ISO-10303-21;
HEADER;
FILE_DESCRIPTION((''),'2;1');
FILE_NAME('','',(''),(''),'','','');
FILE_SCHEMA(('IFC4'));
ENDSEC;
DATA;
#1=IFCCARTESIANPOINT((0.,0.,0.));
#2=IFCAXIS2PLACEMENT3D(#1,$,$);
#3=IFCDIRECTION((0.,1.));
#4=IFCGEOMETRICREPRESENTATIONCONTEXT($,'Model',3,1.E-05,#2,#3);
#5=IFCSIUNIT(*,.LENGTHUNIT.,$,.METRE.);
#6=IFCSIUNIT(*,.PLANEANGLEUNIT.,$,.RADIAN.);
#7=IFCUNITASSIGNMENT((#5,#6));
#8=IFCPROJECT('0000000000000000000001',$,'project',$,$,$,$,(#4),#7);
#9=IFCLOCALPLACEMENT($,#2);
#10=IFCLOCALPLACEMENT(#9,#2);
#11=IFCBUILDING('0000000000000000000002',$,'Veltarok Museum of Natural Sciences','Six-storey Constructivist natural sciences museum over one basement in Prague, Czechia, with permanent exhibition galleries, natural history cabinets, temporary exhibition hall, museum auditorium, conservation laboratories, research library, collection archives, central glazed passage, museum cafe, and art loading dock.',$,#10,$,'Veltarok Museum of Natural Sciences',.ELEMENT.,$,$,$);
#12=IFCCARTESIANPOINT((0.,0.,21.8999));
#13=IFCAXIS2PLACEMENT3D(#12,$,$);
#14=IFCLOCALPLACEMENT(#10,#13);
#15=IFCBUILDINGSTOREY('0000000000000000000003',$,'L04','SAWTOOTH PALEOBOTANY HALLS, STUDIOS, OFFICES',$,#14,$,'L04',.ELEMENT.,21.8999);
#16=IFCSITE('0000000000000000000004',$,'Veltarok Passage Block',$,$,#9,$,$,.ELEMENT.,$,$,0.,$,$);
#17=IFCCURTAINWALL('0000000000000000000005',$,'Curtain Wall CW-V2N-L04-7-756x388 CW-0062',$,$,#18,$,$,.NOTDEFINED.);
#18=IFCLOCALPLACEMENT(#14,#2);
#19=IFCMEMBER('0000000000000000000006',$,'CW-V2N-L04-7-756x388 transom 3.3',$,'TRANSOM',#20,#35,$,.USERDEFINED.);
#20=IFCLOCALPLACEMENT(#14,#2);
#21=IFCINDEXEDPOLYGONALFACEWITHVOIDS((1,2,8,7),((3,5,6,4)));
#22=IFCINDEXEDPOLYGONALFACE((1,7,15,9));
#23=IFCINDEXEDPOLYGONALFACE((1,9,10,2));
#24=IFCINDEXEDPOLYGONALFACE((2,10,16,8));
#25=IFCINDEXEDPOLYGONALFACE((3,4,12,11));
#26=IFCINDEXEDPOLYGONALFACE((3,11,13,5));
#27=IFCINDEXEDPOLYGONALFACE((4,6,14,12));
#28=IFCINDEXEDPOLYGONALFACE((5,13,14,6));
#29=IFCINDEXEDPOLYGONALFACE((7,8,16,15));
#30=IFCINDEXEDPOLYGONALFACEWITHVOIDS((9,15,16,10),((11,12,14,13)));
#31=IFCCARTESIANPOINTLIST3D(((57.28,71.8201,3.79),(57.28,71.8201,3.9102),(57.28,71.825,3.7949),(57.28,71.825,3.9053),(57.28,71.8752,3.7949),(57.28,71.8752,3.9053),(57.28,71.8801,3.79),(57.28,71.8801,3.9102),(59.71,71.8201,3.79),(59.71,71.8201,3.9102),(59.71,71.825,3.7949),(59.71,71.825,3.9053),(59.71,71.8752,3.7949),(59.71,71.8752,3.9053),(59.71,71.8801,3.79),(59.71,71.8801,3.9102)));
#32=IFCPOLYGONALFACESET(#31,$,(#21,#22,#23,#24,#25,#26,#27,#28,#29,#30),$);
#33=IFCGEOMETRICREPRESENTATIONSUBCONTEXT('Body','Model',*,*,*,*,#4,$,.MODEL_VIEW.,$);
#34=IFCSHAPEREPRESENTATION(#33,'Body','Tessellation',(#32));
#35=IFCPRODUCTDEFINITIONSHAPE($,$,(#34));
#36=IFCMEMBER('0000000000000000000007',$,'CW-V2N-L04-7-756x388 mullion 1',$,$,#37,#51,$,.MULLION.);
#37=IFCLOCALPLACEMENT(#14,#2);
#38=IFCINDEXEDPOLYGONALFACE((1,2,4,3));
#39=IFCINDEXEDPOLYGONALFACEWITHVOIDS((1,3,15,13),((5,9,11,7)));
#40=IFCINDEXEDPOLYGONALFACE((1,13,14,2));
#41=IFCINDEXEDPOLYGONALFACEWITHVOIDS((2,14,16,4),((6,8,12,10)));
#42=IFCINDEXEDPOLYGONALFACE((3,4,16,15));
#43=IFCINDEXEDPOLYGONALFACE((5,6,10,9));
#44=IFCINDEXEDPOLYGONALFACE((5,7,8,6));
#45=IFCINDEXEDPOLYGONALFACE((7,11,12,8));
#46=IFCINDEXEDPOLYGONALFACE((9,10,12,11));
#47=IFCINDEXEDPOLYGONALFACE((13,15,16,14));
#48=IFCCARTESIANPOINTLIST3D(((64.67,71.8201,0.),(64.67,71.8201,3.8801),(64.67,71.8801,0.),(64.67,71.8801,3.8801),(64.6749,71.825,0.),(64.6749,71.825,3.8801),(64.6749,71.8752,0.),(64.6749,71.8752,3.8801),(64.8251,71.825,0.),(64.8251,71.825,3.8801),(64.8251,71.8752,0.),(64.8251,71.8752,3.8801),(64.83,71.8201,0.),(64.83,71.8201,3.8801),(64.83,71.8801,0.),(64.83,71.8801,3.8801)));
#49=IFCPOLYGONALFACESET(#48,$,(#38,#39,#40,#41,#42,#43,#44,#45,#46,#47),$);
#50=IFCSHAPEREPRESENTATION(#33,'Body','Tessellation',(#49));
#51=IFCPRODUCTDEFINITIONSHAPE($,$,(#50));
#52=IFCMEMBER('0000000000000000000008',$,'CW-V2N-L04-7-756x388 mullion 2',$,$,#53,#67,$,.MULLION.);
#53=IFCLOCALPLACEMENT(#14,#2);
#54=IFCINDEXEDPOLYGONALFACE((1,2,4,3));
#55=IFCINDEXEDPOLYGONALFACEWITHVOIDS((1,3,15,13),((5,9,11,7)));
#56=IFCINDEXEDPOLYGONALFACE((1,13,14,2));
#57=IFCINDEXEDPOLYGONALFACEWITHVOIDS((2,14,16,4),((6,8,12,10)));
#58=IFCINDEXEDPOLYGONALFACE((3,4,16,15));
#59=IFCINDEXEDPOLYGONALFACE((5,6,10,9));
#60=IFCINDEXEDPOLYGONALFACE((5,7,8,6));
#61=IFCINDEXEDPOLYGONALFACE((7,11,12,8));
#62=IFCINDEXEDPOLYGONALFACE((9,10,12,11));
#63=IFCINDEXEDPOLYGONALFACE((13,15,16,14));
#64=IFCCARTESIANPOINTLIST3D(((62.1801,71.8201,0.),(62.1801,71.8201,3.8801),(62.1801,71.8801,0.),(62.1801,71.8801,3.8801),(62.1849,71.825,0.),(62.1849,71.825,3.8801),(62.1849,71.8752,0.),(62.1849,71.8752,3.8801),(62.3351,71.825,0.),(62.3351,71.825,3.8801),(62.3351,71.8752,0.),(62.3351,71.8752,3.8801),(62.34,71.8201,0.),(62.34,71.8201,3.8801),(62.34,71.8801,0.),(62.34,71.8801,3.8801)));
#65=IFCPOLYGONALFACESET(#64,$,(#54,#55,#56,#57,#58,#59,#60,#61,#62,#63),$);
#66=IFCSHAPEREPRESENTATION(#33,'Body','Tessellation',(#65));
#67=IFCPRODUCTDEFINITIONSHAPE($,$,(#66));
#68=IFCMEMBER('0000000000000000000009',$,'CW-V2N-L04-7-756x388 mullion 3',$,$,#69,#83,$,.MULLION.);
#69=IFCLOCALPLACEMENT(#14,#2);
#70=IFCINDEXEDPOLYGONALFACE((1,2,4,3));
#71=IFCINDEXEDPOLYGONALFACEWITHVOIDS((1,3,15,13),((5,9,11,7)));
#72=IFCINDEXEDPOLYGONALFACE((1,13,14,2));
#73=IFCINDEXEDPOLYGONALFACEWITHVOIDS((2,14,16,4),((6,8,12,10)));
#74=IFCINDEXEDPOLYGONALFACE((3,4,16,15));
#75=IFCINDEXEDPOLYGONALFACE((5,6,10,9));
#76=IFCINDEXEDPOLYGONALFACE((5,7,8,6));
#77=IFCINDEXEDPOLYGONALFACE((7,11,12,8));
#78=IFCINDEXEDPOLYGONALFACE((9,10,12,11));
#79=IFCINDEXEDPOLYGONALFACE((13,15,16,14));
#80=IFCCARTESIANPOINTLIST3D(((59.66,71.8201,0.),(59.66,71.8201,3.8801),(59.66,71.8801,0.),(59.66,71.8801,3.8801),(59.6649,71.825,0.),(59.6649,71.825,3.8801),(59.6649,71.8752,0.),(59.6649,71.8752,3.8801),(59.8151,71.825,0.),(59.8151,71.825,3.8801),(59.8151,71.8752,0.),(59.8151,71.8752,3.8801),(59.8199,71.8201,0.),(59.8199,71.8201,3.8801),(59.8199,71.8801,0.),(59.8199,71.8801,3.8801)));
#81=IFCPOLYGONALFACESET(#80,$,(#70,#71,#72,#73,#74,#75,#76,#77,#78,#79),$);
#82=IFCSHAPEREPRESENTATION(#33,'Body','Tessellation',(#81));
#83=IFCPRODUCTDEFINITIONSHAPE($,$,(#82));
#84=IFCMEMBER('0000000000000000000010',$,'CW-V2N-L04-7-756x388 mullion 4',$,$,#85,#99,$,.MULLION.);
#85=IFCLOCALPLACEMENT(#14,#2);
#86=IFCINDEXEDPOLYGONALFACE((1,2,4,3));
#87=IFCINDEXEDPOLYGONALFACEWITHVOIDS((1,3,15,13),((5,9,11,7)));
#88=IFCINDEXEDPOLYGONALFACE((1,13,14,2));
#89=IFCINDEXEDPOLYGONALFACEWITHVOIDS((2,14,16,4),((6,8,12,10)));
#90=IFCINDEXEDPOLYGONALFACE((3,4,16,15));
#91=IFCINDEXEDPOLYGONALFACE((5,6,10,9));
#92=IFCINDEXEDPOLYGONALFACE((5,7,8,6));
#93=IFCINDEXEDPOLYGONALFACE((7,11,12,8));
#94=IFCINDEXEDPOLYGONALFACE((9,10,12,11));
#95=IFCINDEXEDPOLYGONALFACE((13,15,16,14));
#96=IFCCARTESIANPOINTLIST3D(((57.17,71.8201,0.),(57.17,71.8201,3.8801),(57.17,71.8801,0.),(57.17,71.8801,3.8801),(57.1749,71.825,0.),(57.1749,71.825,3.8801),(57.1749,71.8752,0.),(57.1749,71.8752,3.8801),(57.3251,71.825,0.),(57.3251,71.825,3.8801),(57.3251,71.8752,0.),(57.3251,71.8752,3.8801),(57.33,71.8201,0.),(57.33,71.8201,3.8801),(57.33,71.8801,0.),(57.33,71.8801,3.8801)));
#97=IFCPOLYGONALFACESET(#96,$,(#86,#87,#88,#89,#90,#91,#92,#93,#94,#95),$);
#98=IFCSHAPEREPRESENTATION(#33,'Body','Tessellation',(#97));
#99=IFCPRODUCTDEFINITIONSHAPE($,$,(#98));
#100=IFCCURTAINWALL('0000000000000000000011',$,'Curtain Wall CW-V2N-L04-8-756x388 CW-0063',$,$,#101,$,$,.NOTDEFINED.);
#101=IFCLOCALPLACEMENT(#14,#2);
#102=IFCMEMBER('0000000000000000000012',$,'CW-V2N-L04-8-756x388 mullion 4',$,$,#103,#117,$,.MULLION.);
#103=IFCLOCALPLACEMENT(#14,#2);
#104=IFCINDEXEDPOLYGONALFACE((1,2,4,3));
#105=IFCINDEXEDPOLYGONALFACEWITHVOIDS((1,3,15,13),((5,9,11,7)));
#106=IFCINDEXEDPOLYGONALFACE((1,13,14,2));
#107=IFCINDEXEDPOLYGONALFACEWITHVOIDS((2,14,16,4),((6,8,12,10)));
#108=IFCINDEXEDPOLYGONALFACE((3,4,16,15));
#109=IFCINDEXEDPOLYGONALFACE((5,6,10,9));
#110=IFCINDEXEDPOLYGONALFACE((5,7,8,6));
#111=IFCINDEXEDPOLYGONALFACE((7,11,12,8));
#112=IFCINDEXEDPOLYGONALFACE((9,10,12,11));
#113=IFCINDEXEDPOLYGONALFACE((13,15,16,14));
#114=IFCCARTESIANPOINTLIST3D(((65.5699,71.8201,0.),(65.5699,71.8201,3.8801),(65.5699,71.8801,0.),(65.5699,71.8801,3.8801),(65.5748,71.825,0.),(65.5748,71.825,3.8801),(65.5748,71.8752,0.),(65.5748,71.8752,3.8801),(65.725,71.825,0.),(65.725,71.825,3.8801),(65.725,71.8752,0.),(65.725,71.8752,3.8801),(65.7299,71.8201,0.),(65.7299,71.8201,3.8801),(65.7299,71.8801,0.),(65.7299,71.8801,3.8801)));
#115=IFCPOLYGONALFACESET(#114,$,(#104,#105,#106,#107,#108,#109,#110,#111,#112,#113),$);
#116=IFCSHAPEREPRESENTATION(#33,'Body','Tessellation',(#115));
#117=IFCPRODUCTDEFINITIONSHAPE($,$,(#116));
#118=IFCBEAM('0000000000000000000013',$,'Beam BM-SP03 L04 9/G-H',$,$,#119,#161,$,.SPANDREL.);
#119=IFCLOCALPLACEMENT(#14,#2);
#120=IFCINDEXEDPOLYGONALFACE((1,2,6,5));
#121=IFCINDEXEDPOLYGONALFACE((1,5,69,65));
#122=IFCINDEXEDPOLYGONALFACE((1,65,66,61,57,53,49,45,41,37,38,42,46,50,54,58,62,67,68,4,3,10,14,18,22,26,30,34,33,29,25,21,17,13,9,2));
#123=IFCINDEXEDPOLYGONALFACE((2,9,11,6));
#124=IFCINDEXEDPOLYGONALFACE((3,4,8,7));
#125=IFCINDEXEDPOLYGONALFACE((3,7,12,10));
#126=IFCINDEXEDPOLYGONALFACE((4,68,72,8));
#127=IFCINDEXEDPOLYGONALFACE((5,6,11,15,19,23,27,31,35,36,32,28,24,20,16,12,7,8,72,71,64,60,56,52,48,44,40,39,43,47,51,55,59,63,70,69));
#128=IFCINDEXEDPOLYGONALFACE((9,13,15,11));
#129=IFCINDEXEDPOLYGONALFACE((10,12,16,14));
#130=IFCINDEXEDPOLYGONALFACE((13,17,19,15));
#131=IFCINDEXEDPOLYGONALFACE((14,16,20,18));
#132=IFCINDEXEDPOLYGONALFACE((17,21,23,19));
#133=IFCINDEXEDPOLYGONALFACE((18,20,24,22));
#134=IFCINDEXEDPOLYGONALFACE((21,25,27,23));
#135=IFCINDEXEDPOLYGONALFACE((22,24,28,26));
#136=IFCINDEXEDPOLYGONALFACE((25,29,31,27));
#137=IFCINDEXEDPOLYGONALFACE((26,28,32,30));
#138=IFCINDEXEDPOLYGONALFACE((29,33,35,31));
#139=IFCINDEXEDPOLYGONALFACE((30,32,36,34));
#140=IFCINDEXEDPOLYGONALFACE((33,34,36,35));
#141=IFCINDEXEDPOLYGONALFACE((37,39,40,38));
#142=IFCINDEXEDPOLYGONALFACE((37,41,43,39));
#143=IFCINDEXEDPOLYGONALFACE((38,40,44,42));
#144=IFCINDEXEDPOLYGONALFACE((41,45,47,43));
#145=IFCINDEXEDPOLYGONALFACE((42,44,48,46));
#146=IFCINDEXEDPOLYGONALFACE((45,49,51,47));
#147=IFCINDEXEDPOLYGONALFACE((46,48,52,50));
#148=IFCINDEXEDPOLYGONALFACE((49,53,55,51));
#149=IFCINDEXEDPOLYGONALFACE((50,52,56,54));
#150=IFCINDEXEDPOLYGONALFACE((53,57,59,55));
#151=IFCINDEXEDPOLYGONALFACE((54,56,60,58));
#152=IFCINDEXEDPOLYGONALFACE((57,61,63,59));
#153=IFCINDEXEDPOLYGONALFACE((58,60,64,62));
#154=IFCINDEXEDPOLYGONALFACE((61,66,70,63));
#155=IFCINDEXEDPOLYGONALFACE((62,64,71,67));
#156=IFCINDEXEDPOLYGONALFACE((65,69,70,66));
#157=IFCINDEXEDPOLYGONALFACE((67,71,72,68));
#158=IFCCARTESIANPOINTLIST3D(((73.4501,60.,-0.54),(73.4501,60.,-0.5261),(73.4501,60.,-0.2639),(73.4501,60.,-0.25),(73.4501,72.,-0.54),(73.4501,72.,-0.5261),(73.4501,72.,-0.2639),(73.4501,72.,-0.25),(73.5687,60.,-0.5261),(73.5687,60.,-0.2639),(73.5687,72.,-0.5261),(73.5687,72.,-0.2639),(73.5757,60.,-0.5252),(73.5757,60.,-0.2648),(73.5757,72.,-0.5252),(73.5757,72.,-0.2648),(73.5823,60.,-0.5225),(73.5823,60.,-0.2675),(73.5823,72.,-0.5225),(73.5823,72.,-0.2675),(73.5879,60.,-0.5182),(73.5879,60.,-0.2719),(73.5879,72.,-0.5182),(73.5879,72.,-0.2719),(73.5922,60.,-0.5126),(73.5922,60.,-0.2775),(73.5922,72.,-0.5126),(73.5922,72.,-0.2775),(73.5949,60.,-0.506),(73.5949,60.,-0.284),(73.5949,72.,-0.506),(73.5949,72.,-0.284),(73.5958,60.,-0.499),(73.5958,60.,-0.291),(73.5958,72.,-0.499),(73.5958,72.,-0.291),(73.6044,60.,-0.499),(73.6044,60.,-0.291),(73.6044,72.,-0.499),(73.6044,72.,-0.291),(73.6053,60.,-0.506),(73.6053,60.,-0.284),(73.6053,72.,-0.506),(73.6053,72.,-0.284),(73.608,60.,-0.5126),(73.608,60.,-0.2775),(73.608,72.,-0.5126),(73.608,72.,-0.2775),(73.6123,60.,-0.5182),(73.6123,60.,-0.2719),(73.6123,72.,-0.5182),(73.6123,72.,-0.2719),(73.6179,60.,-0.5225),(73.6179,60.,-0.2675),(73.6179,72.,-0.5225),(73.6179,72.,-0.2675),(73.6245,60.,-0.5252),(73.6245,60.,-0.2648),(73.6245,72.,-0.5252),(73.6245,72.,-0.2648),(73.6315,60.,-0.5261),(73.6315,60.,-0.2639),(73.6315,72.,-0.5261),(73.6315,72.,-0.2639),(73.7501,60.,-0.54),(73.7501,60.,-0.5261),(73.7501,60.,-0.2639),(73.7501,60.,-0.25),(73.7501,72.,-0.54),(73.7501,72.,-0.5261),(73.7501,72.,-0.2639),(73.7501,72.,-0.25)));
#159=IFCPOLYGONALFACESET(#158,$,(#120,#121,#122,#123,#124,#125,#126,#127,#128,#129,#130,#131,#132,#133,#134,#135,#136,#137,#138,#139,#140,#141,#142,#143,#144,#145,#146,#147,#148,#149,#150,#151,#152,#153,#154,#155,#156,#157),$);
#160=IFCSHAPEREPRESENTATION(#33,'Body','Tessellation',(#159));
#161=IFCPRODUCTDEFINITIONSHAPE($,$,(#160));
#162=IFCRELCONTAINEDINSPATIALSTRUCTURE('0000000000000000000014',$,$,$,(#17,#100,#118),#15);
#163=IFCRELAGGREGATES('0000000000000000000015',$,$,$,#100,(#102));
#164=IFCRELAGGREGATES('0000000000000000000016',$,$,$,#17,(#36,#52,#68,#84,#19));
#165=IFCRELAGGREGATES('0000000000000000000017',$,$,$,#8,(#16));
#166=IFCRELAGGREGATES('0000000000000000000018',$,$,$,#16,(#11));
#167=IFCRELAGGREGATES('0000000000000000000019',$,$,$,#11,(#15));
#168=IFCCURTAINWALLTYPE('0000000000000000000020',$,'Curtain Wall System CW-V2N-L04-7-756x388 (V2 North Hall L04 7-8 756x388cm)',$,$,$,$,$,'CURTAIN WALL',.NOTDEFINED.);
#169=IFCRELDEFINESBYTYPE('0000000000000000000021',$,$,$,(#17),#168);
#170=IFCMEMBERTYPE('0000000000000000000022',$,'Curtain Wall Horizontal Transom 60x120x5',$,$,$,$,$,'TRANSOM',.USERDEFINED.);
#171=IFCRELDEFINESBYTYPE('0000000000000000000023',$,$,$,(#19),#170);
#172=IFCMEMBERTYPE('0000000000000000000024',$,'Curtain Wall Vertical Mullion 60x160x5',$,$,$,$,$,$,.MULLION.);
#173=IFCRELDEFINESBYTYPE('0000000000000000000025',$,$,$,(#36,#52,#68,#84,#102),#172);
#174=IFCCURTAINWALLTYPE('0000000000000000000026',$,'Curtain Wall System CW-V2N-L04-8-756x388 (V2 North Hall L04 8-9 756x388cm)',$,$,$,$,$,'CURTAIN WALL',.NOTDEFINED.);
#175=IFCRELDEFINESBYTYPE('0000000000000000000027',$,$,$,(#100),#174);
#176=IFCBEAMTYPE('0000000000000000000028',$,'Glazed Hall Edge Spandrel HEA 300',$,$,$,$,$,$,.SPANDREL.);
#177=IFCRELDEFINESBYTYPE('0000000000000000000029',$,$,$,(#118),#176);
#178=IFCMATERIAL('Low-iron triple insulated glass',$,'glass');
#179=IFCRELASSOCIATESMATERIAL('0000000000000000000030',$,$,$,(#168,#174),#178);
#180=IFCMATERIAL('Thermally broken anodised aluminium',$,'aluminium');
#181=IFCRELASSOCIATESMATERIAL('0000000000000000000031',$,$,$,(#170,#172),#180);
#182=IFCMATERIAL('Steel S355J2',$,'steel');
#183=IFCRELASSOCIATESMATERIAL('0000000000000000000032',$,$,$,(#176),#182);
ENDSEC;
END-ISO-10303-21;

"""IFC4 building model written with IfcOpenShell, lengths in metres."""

from ifc_helpers import new_model, si_unit, direction, frame, origin, origin_2d, place, context, subcontext, project, spatial, hollow_rectangle, i_section, extrude, material, material_profile, profile_set, type_object, element, aggregate, save


model = new_model("IFC4")

# Units and contexts
model_context = context("Model", 3, precision=1e-05, world=origin(), true_north=direction((0.0, 1.0)))
body_context = subcontext(model_context, "Body", "Model", "MODEL_VIEW")
ifc_project = project(units=[si_unit("LENGTHUNIT", "METRE"), si_unit("PLANEANGLEUNIT", "RADIAN")], contexts=[model_context])

# Site, building, storey
site_placement = place(None, origin())
site = spatial("IfcSite", under=ifc_project, at=site_placement, Name="Veltarok Passage Block", CompositionType="ELEMENT", RefElevation=0.0)
building_placement = place(site_placement, origin())
building = spatial("IfcBuilding", under=site, at=building_placement, Name="Veltarok Museum of Natural Sciences", Description="Six-storey Constructivist natural sciences museum over one basement in Prague, Czechia, with permanent exhibition galleries, natural history cabinets, temporary exhibition hall, museum auditorium, conservation laboratories, research library, collection archives, central glazed passage, museum cafe, and art loading dock.", LongName="Veltarok Museum of Natural Sciences", CompositionType="ELEMENT")
storey_placement = place(building_placement, frame((0.0, 0.0, 21.8999)))
storey = spatial("IfcBuildingStorey", under=building, at=storey_placement, Name="L04", Description="SAWTOOTH PALEOBOTANY HALLS, STUDIOS, OFFICES", LongName="L04", CompositionType="ELEMENT", Elevation=21.8999)

# Shared definitions
ifc_material_1 = material(Name="Steel S355J2", Category="steel")

# Curtain wall, members
ifc_material_2 = material(Name="Low-iron triple insulated glass", Category="glass")
curtain_wall_type_1 = type_object("IfcCurtainWallType", Name="Curtain Wall System CW-V2N-L04-7-756x388 (V2 North Hall L04 7-8 756x388cm)", ElementType="CURTAIN WALL", PredefinedType="NOTDEFINED", material=ifc_material_2)
curtain_wall_1_placement = place(storey_placement, origin())
curtain_wall_1 = element("IfcCurtainWall", 1, at=curtain_wall_1_placement, inside=storey, type_object=curtain_wall_type_1, Name="Curtain Wall CW-V2N-L04-7-756x388 CW-0062", PredefinedType="NOTDEFINED")
ifc_material_3 = material(Name="Thermally broken anodised aluminium", Category="aluminium")
ifc_material_profile_1 = material_profile(ifc_material_3, hollow_rectangle(XDim=0.0601, YDim=0.1201, WallThickness=0.0049, at=origin_2d()), Name="CW TRANSOM 60x120x5")
ifc_profile_set_1 = profile_set([ifc_material_profile_1], Name="Thermally broken anodised aluminium")
member_type_1 = type_object("IfcMemberType", Name="Curtain Wall Horizontal Transom 60x120x5", ElementType="TRANSOM", PredefinedType="USERDEFINED", material=ifc_profile_set_1)
member_1_placement = place(storey_placement, frame((59.71, 71.8501, 3.8501), z_axis=(-1.0, 0.0, 0.0), x_axis=(0.0, -1.0, 0.0)))
member_1 = element("IfcMember", 2, at=member_1_placement, type_object=member_type_1, Name="CW-V2N-L04-7-756x388 transom 3.3", ObjectType="TRANSOM", PredefinedType="USERDEFINED", context=body_context, shape_type="SweptSolid", body=[
    extrude(hollow_rectangle(XDim=0.0601, YDim=0.1201, WallThickness=0.0049, at=origin_2d()), origin(), (0.0, 0.0, 1.0), 2.4299),
])
ifc_material_profile_2 = material_profile(ifc_material_3, hollow_rectangle(XDim=0.0601, YDim=0.1599, WallThickness=0.0049, at=origin_2d()), Name="CW MULLION 60x160x5")
ifc_profile_set_2 = profile_set([ifc_material_profile_2], Name="Thermally broken anodised aluminium")
member_type_2 = type_object("IfcMemberType", Name="Curtain Wall Vertical Mullion 60x160x5", PredefinedType="MULLION", material=ifc_profile_set_2)
member_2_placement = place(storey_placement, frame((64.75, 71.8501, 0.0), z_axis=(0.0, 0.0, 1.0), x_axis=(0.0, -1.0, 0.0)))
member_2 = element("IfcMember", 3, at=member_2_placement, type_object=member_type_2, Name="CW-V2N-L04-7-756x388 mullion 1", PredefinedType="MULLION", context=body_context, shape_type="SweptSolid", body=[
    extrude(hollow_rectangle(XDim=0.0601, YDim=0.1599, WallThickness=0.0049, at=origin_2d()), origin(), (0.0, 0.0, 1.0), 3.8801),
])
member_3_placement = place(storey_placement, frame((62.26, 71.8501, 0.0), z_axis=(0.0, 0.0, 1.0), x_axis=(0.0, -1.0, 0.0)))
member_3 = element("IfcMember", 4, at=member_3_placement, type_object=member_type_2, Name="CW-V2N-L04-7-756x388 mullion 2", PredefinedType="MULLION", context=body_context, shape_type="SweptSolid", body=[
    extrude(hollow_rectangle(XDim=0.0601, YDim=0.1599, WallThickness=0.0049, at=origin_2d()), origin(), (0.0, 0.0, 1.0), 3.8801),
])
member_4_placement = place(storey_placement, frame((59.74, 71.8501, 0.0), z_axis=(0.0, 0.0, 1.0), x_axis=(0.0, -1.0, 0.0)))
member_4 = element("IfcMember", 5, at=member_4_placement, type_object=member_type_2, Name="CW-V2N-L04-7-756x388 mullion 3", PredefinedType="MULLION", context=body_context, shape_type="SweptSolid", body=[
    extrude(hollow_rectangle(XDim=0.0601, YDim=0.1599, WallThickness=0.0049, at=origin_2d()), origin(), (0.0, 0.0, 1.0), 3.8801),
])
member_5_placement = place(storey_placement, frame((57.25, 71.8501, 0.0), z_axis=(0.0, 0.0, 1.0), x_axis=(0.0, -1.0, 0.0)))
member_5 = element("IfcMember", 6, at=member_5_placement, type_object=member_type_2, Name="CW-V2N-L04-7-756x388 mullion 4", PredefinedType="MULLION", context=body_context, shape_type="SweptSolid", body=[
    extrude(hollow_rectangle(XDim=0.0601, YDim=0.1599, WallThickness=0.0049, at=origin_2d()), origin(), (0.0, 0.0, 1.0), 3.8801),
])

# Curtain wall, member
curtain_wall_type_2 = type_object("IfcCurtainWallType", Name="Curtain Wall System CW-V2N-L04-8-756x388 (V2 North Hall L04 8-9 756x388cm)", ElementType="CURTAIN WALL", PredefinedType="NOTDEFINED", material=ifc_material_2)
curtain_wall_2_placement = place(storey_placement, origin())
curtain_wall_2 = element("IfcCurtainWall", 7, at=curtain_wall_2_placement, inside=storey, type_object=curtain_wall_type_2, Name="Curtain Wall CW-V2N-L04-8-756x388 CW-0063", PredefinedType="NOTDEFINED")
member_6_placement = place(storey_placement, frame((65.6499, 71.8501, 0.0), z_axis=(0.0, 0.0, 1.0), x_axis=(0.0, -1.0, 0.0)))
member_6 = element("IfcMember", 8, at=member_6_placement, type_object=member_type_2, Name="CW-V2N-L04-8-756x388 mullion 4", PredefinedType="MULLION", context=body_context, shape_type="SweptSolid", body=[
    extrude(hollow_rectangle(XDim=0.0601, YDim=0.1599, WallThickness=0.0049, at=origin_2d()), origin(), (0.0, 0.0, 1.0), 3.8801),
])
aggregate(curtain_wall_2, [member_6])

# Beam
ifc_material_profile_3 = material_profile(ifc_material_1, i_section(OverallWidth=0.3, OverallDepth=0.29, WebThickness=0.0085, FlangeThickness=0.0139, FilletRadius=0.0271, at=origin_2d()), Name="HEA 300")
ifc_profile_set_3 = profile_set([ifc_material_profile_3], Name="Steel S355J2")
beam_type_1 = type_object("IfcBeamType", Name="Glazed Hall Edge Spandrel HEA 300", PredefinedType="SPANDREL", material=ifc_profile_set_3)
for number, where, z_axis, x_axis, name in (
    (9, (73.6001, 60.0, -0.395), (0.0, 1.0, 0.0), (-1.0, 0.0, 0.0), "Beam BM-SP03 L04 9/G-H"),
):
    element("IfcBeam", number, at=place(storey_placement, frame(where, z_axis=z_axis, x_axis=x_axis)), inside=storey, type_object=beam_type_1, Name=name, PredefinedType="SPANDREL", context=body_context, shape_type="SweptSolid", body=[
        extrude(i_section(OverallWidth=0.3, OverallDepth=0.29, WebThickness=0.0085, FlangeThickness=0.0139, FilletRadius=0.0271, at=origin_2d()), origin(), (0.0, 0.0, 1.0), 12.0),
    ])

aggregate(curtain_wall_1, [member_2, member_3, member_4, member_5, member_1])

save(model, "model.ifc")
